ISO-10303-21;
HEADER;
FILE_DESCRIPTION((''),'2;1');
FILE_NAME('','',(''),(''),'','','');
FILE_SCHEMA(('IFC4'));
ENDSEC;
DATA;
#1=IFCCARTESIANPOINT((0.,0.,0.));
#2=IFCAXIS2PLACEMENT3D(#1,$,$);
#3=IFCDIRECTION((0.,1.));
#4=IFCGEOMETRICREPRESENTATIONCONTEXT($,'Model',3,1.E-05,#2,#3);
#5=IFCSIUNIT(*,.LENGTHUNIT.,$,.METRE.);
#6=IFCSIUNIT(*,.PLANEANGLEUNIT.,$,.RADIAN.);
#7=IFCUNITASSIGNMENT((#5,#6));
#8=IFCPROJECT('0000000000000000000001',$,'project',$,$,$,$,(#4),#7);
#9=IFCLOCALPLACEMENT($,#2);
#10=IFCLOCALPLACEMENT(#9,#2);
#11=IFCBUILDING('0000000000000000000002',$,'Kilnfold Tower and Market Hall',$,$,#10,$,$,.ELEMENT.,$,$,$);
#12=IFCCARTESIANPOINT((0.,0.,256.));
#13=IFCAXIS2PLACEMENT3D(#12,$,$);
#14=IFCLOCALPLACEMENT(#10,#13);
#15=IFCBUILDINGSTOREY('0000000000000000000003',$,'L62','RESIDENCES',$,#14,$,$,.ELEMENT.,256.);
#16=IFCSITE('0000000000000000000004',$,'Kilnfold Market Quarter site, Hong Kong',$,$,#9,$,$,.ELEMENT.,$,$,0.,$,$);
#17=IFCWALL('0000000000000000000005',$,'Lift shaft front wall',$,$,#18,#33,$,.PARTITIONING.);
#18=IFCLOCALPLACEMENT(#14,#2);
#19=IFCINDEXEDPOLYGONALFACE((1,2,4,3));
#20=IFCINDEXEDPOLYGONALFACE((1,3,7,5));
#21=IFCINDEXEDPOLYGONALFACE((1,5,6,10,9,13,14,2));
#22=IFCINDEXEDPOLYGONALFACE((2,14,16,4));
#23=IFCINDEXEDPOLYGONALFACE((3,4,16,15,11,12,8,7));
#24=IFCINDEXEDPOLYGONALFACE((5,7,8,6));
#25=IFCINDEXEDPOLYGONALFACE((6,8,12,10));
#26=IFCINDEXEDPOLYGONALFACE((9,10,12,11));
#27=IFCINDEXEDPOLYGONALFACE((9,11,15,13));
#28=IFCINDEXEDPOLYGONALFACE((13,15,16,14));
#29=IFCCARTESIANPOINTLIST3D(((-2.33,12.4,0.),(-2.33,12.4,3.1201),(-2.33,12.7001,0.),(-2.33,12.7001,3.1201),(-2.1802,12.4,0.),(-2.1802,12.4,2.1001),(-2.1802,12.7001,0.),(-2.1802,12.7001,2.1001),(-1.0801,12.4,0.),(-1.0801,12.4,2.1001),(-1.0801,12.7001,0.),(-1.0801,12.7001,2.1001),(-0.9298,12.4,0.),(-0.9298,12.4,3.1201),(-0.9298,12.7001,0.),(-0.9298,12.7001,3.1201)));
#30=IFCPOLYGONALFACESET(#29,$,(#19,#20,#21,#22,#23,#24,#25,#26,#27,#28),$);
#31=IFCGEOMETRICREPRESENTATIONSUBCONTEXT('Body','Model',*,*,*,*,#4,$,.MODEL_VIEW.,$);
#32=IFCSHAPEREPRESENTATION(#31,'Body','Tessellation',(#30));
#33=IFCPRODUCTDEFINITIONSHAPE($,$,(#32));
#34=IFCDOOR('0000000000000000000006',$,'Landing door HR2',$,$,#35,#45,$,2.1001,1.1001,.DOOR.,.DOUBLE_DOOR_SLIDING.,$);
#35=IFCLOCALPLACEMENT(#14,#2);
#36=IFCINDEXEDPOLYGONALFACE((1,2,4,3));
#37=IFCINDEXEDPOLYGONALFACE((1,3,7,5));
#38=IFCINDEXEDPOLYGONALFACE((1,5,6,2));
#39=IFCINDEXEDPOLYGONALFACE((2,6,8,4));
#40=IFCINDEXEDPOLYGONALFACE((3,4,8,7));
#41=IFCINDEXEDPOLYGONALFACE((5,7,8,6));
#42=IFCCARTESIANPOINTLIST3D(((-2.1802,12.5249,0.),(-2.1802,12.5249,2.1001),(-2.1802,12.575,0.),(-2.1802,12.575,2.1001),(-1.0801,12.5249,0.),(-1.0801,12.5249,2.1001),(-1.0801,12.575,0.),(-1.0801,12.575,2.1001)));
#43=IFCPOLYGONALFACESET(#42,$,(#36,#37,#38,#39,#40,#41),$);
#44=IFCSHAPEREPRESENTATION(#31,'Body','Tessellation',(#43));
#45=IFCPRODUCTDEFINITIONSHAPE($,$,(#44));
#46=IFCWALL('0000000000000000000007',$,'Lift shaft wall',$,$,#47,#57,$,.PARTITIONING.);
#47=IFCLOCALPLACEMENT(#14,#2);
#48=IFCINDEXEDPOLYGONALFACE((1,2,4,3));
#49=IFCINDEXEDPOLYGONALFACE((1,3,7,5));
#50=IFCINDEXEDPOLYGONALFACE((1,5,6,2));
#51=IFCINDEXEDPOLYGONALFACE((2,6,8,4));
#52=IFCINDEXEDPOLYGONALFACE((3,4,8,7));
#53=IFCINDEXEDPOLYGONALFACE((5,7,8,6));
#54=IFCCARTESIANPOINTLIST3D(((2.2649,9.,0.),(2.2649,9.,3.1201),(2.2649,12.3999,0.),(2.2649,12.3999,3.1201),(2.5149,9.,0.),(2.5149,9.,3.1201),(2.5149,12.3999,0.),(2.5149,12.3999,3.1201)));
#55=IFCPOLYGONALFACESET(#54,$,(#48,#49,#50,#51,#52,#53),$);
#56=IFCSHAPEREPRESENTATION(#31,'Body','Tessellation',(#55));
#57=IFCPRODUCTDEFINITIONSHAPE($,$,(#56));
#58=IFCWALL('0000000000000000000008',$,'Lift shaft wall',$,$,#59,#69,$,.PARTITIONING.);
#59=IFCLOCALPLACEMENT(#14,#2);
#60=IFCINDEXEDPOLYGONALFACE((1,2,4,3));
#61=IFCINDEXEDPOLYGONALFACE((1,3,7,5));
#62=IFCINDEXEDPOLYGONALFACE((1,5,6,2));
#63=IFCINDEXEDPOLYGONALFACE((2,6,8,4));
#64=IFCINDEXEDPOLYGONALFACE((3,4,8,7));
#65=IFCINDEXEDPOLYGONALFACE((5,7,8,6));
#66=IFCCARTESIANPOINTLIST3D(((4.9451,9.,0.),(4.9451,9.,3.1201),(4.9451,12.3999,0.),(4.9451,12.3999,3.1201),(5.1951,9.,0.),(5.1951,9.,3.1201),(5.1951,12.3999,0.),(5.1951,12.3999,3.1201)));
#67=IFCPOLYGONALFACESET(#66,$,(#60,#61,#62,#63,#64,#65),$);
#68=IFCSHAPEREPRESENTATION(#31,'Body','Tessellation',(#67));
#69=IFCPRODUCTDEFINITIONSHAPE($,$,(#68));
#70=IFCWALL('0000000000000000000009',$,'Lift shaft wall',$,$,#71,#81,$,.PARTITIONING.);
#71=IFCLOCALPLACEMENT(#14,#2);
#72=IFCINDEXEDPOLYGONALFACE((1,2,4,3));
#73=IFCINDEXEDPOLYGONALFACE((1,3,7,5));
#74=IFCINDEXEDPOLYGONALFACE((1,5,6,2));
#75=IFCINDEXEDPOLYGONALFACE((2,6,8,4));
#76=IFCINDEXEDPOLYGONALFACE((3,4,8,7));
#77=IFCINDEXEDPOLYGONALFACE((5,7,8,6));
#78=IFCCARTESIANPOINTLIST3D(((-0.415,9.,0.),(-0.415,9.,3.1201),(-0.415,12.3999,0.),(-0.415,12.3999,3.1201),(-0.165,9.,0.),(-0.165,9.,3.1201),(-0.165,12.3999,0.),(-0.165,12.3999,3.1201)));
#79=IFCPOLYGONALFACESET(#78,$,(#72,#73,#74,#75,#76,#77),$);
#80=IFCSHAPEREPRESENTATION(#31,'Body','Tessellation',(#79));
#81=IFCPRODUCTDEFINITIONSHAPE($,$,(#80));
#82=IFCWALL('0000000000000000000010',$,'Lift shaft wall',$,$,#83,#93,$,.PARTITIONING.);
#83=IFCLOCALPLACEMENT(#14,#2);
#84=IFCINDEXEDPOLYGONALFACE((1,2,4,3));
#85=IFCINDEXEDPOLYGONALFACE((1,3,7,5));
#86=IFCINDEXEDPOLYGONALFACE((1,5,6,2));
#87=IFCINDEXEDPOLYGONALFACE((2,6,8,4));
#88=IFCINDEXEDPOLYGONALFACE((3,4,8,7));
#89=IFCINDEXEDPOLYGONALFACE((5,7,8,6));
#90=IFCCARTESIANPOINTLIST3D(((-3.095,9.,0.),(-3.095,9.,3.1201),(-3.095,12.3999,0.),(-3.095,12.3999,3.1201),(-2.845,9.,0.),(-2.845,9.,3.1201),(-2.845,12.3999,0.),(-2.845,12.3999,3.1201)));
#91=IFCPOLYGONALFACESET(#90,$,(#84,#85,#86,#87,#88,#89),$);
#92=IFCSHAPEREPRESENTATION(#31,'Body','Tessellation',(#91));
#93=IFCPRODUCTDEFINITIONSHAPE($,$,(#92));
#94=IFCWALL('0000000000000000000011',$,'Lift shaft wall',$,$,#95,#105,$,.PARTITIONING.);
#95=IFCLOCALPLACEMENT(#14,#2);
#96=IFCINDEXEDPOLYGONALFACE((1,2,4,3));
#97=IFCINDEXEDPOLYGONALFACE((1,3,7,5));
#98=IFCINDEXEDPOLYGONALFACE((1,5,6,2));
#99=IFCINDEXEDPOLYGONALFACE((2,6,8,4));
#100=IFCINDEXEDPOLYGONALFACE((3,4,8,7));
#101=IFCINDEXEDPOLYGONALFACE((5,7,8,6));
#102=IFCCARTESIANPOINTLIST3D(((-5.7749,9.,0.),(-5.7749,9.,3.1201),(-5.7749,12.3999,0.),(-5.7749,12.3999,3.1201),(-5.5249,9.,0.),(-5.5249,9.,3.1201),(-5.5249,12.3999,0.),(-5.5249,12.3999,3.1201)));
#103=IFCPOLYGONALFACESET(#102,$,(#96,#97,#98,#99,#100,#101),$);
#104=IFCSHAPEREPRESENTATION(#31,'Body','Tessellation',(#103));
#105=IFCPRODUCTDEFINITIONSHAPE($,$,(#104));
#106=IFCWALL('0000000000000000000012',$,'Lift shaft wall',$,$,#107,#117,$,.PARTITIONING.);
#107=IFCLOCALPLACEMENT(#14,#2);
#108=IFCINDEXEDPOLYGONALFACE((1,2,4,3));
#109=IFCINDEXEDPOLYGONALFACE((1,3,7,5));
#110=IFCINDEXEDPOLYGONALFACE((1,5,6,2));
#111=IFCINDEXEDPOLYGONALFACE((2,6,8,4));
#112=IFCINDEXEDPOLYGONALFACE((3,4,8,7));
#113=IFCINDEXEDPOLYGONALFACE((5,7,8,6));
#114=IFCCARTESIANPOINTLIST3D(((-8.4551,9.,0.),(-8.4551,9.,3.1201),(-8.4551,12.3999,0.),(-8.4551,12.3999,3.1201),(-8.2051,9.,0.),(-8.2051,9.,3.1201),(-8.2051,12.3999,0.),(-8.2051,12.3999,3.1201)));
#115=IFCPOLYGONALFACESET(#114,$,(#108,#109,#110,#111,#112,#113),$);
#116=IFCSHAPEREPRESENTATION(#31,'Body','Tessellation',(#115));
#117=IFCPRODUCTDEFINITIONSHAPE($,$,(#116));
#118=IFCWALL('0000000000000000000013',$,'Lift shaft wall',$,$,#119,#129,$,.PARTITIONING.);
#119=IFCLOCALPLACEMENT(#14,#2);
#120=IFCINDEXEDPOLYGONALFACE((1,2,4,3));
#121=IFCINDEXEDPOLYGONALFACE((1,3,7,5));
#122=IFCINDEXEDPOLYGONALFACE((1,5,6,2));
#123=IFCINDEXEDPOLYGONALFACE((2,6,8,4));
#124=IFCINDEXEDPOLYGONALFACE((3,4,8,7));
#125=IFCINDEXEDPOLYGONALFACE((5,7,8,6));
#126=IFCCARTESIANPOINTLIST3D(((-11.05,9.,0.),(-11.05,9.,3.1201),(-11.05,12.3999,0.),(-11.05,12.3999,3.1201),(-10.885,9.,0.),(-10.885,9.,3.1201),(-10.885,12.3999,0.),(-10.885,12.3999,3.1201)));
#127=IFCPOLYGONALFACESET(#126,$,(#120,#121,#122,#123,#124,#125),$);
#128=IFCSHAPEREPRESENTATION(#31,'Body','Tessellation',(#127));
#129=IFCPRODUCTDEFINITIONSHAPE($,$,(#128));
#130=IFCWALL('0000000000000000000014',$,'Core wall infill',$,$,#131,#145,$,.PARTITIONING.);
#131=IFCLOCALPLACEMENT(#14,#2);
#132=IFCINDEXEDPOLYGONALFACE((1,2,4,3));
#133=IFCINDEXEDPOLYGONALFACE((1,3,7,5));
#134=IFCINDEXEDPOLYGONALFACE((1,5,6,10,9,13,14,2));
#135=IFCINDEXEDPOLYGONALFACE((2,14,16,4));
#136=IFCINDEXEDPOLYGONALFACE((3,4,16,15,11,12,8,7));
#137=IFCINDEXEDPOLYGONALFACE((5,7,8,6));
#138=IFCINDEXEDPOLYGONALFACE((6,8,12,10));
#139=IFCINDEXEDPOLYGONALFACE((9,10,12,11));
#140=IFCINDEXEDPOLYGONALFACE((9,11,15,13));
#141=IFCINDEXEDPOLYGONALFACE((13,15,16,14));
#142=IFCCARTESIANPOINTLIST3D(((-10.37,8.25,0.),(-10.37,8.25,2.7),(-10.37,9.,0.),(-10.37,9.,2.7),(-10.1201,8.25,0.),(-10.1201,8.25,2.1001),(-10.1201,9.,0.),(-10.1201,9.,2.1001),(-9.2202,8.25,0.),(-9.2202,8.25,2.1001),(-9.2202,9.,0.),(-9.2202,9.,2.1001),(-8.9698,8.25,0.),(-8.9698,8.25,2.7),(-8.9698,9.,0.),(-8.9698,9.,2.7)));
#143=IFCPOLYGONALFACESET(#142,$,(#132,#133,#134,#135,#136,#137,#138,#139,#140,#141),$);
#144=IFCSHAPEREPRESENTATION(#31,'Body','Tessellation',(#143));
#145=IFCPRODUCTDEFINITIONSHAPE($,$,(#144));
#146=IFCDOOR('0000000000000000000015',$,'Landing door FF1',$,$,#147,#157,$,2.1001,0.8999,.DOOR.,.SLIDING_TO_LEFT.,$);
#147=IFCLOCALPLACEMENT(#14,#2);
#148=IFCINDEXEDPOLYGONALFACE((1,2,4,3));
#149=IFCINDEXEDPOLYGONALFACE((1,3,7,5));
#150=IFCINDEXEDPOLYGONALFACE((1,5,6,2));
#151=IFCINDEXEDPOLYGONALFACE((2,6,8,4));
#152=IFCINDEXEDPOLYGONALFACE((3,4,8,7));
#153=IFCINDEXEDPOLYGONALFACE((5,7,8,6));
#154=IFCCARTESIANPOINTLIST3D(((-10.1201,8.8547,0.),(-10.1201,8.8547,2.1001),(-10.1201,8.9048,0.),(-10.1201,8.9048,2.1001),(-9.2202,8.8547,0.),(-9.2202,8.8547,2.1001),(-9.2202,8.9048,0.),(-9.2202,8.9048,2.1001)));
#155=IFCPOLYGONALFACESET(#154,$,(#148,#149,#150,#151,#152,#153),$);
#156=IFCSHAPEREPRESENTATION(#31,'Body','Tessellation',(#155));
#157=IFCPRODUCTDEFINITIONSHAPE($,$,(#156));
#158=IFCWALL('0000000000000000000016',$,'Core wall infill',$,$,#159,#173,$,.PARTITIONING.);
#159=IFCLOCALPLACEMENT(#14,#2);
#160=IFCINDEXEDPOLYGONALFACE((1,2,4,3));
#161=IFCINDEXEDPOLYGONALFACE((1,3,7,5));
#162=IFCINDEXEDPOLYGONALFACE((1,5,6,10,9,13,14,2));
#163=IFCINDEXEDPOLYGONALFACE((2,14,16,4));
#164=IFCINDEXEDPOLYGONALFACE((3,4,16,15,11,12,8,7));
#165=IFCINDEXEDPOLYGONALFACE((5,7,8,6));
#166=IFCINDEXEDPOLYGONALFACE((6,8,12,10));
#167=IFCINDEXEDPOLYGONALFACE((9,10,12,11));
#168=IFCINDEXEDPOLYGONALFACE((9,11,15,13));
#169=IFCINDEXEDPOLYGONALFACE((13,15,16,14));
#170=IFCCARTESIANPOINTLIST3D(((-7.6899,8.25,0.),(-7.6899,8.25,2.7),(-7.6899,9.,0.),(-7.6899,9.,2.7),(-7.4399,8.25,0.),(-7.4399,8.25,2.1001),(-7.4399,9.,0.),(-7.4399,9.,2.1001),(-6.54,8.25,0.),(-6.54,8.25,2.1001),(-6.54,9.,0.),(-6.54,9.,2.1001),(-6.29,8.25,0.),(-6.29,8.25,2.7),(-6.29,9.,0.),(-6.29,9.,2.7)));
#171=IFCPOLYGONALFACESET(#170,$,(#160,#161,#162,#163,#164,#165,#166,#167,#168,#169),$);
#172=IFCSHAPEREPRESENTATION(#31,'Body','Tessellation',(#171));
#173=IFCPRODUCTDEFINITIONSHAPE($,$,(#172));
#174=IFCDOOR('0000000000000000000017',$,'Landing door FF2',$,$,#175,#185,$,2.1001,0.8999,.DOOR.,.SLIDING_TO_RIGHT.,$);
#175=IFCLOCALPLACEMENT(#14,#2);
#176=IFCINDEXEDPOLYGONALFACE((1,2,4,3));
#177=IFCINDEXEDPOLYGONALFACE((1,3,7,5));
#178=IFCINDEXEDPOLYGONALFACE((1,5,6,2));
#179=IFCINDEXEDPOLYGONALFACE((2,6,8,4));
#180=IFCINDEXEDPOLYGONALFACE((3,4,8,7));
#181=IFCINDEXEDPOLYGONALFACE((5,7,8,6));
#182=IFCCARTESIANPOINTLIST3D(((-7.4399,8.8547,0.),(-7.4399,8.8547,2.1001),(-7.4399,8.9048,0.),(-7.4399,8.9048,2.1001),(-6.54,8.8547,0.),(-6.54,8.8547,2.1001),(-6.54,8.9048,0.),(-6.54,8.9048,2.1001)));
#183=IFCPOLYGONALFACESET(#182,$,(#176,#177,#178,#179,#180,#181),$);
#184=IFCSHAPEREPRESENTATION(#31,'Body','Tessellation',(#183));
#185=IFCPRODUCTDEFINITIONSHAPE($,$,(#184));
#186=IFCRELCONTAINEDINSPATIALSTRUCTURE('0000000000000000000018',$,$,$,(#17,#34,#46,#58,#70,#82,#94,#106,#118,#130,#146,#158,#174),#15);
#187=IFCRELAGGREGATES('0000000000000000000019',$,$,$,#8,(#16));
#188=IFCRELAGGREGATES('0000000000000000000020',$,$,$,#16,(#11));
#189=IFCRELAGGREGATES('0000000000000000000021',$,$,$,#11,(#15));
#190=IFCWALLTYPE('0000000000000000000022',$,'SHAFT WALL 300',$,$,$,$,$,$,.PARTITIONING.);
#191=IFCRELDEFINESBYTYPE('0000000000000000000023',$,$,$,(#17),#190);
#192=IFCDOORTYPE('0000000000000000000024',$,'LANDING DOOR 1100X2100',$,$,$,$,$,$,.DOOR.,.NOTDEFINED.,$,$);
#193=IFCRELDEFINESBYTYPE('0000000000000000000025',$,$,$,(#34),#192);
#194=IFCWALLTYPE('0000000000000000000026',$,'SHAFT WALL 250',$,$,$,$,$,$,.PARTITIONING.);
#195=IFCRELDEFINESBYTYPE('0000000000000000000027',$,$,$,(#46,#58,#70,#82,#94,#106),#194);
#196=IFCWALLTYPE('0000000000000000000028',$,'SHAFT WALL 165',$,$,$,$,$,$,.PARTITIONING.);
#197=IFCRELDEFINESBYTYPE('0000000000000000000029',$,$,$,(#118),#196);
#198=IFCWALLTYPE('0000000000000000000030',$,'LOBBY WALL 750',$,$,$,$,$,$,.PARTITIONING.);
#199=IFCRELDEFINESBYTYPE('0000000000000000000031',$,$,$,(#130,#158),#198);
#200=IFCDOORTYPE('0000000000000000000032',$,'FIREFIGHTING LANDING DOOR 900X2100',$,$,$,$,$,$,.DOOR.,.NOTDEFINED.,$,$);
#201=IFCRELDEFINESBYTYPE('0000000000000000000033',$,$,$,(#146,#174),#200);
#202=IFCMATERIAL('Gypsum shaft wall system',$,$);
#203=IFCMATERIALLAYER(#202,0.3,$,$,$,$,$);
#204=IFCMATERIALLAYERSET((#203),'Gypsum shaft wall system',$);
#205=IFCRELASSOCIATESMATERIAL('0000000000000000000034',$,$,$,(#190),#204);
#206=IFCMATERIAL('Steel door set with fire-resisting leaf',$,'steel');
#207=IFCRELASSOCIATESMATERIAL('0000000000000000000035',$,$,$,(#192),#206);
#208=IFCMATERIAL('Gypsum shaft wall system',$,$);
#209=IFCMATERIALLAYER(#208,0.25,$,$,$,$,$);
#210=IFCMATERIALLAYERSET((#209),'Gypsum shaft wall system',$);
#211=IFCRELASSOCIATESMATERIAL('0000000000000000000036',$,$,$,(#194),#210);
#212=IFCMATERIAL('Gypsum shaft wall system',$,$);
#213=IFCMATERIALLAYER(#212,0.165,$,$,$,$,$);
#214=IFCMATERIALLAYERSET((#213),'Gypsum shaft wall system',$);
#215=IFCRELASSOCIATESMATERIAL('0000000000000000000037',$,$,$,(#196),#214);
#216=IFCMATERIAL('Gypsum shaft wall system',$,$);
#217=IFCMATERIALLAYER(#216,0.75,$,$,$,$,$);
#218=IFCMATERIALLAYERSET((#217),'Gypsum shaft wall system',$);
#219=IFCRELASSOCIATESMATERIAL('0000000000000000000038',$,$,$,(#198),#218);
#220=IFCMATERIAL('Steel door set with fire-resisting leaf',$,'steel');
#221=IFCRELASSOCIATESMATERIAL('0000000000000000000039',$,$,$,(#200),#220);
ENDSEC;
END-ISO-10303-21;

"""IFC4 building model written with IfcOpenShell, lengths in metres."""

from ifc_helpers import new_model, si_unit, direction, frame, frame_2d, origin, place, context, subcontext, project, spatial, rectangle, extrude, source, transform, mapped, material, layer, layer_set, type_object, element, fill, save


model = new_model("IFC4")

# Units and contexts
model_context = context("Model", 3, precision=1e-05, world=origin(), true_north=direction((0.0, 1.0)))
body_context = subcontext(model_context, "Body", "Model", "MODEL_VIEW")
ifc_project = project(units=[si_unit("LENGTHUNIT", "METRE"), si_unit("PLANEANGLEUNIT", "RADIAN")], contexts=[model_context])

# Site, building, storey
site_placement = place(None, origin())
site = spatial("IfcSite", under=ifc_project, at=site_placement, Name="Kilnfold Market Quarter site, Hong Kong", CompositionType="ELEMENT", RefElevation=0.0)
building_placement = place(site_placement, origin())
building = spatial("IfcBuilding", under=site, at=building_placement, Name="Kilnfold Tower and Market Hall", CompositionType="ELEMENT")
storey_placement = place(building_placement, frame((0.0, 0.0, 256.0)))
storey = spatial("IfcBuildingStorey", under=building, at=storey_placement, Name="L62", Description="RESIDENCES", CompositionType="ELEMENT", Elevation=256.0)

# Wall, opening, door
ifc_material_1 = material(Name="Gypsum shaft wall system")
ifc_layer_1 = layer(ifc_material_1, 0.3)
ifc_layer_set_1 = layer_set([ifc_layer_1], Name="Gypsum shaft wall system")
wall_type_1 = type_object("IfcWallType", Name="SHAFT WALL 300", PredefinedType="PARTITIONING", material=ifc_layer_set_1)
ifc_material_2 = material(Name="Steel door set with fire-resisting leaf", Category="steel")
door_type_1 = type_object("IfcDoorType", Name="LANDING DOOR 1100X2100", OperationType="NOTDEFINED", PredefinedType="DOOR", material=ifc_material_2)
shared_shape_1 = source(origin(), body_context, "Body", "SweptSolid", [
    extrude(rectangle(XDim=1.4001, YDim=0.3, at=frame_2d((0.7002, 0.0))), origin(), (0.0, 0.0, 1.0), 3.1201),
])
wall_1_placement = place(storey_placement, frame((-2.3301, 12.55, 0.0), z_axis=(0.0, 0.0, 1.0), x_axis=(1.0, 0.0, 0.0)))
wall_1 = element("IfcWall", 1, at=wall_1_placement, inside=storey, type_object=wall_type_1, Name="Lift shaft front wall", PredefinedType="PARTITIONING", context=body_context, shape_type="MappedRepresentation", body=[
    mapped(shared_shape_1, transform((0.0, 0.0, 0.0))),
])
opening_1_placement = place(wall_1_placement, frame((0.1499, 0.0, 0.0)))
opening_1 = element("IfcOpeningElement", 2, at=opening_1_placement, cuts=wall_1, PredefinedType="OPENING", context=body_context, shape_type="SweptSolid", body=[
    extrude(rectangle(XDim=1.1001, YDim=2.1001, at=frame_2d((0.55, 1.05))), frame((0.0, 0.1602, 0.0), z_axis=(0.0, -1.0, 0.0), x_axis=(1.0, 0.0, 0.0)), (0.0, 0.0, 1.0), 0.3201),
])
door_1_placement = place(opening_1_placement, origin())
door_1 = element("IfcDoor", 3, at=door_1_placement, inside=storey, type_object=door_type_1, Name="Landing door HR2", OperationType="DOUBLE_DOOR_SLIDING", OverallHeight=2.1001, OverallWidth=1.1001, PredefinedType="DOOR", context=body_context, shape_type="SweptSolid", body=[
    extrude(rectangle(XDim=1.1001, YDim=2.1001, at=frame_2d((0.55, 1.05))), frame((0.0, 0.0249, 0.0), z_axis=(0.0, -1.0, 0.0), x_axis=(1.0, 0.0, 0.0)), (0.0, 0.0, 1.0), 0.05),
])
fill(opening_1, door_1)

# Walls
ifc_material_3 = material(Name="Gypsum shaft wall system")
ifc_layer_2 = layer(ifc_material_3, 0.25)
ifc_layer_set_2 = layer_set([ifc_layer_2], Name="Gypsum shaft wall system")
wall_type_2 = type_object("IfcWallType", Name="SHAFT WALL 250", PredefinedType="PARTITIONING", material=ifc_layer_set_2)
shared_shape_2 = source(origin(), body_context, "Body", "SweptSolid", [
    extrude(rectangle(XDim=3.3999, YDim=0.25, at=frame_2d((1.7, 0.0))), origin(), (0.0, 0.0, 1.0), 3.1201),
])
for number, where, z_axis, x_axis, name in (
    (4, (2.3899, 9.0, 0.0), (0.0, 0.0, 1.0), (0.0, 1.0, 0.0), "Lift shaft wall"),
    (5, (5.0701, 9.0, 0.0), (0.0, 0.0, 1.0), (0.0, 1.0, 0.0), "Lift shaft wall"),
    (6, (-0.29, 9.0, 0.0), (0.0, 0.0, 1.0), (0.0, 1.0, 0.0), "Lift shaft wall"),
    (7, (-2.97, 9.0, 0.0), (0.0, 0.0, 1.0), (0.0, 1.0, 0.0), "Lift shaft wall"),
    (8, (-5.6499, 9.0, 0.0), (0.0, 0.0, 1.0), (0.0, 1.0, 0.0), "Lift shaft wall"),
    (9, (-8.3301, 9.0, 0.0), (0.0, 0.0, 1.0), (0.0, 1.0, 0.0), "Lift shaft wall"),
):
    element("IfcWall", number, at=place(storey_placement, frame(where, z_axis=z_axis, x_axis=x_axis)), inside=storey, type_object=wall_type_2, Name=name, PredefinedType="PARTITIONING", context=body_context, shape_type="MappedRepresentation", body=[
        mapped(shared_shape_2, transform((0.0, 0.0, 0.0))),
    ])
ifc_material_4 = material(Name="Gypsum shaft wall system")
ifc_layer_3 = layer(ifc_material_4, 0.165)
ifc_layer_set_3 = layer_set([ifc_layer_3], Name="Gypsum shaft wall system")
wall_type_3 = type_object("IfcWallType", Name="SHAFT WALL 165", PredefinedType="PARTITIONING", material=ifc_layer_set_3)
shared_shape_3 = source(origin(), body_context, "Body", "SweptSolid", [
    extrude(rectangle(XDim=3.3999, YDim=0.165, at=frame_2d((1.7, 0.0))), origin(), (0.0, 0.0, 1.0), 3.1201),
])
wall_2_placement = place(storey_placement, frame((-10.9675, 9.0, 0.0), z_axis=(0.0, 0.0, 1.0), x_axis=(0.0, 1.0, 0.0)))
element("IfcWall", 10, at=wall_2_placement, inside=storey, type_object=wall_type_3, Name="Lift shaft wall", PredefinedType="PARTITIONING", context=body_context, shape_type="MappedRepresentation", body=[
    mapped(shared_shape_3, transform((0.0, 0.0, 0.0))),
])

# Walls, openings, doors
ifc_material_5 = material(Name="Gypsum shaft wall system")
ifc_layer_4 = layer(ifc_material_5, 0.75)
ifc_layer_set_4 = layer_set([ifc_layer_4], Name="Gypsum shaft wall system")
wall_type_4 = type_object("IfcWallType", Name="LOBBY WALL 750", PredefinedType="PARTITIONING", material=ifc_layer_set_4)
shared_shape_4 = source(origin(), body_context, "Body", "SweptSolid", [
    extrude(rectangle(XDim=1.4001, YDim=0.75, at=frame_2d((0.7002, 0.0))), origin(), (0.0, 0.0, 1.0), 2.7),
])
wall_3_placement = place(storey_placement, frame((-10.3701, 8.625, 0.0), z_axis=(0.0, 0.0, 1.0), x_axis=(1.0, 0.0, 0.0)))
wall_3 = element("IfcWall", 11, at=wall_3_placement, inside=storey, type_object=wall_type_4, Name="Core wall infill", PredefinedType="PARTITIONING", context=body_context, shape_type="MappedRepresentation", body=[
    mapped(shared_shape_4, transform((0.0, 0.0, 0.0))),
])
opening_2_placement = place(wall_3_placement, frame((0.25, 0.0, 0.0)))
opening_2 = element("IfcOpeningElement", 12, at=opening_2_placement, cuts=wall_3, PredefinedType="OPENING", context=body_context, shape_type="SweptSolid", body=[
    extrude(rectangle(XDim=0.8999, YDim=2.1001, at=frame_2d((0.45, 1.05))), frame((0.0, 0.385, 0.0), z_axis=(0.0, -1.0, 0.0), x_axis=(1.0, 0.0, 0.0)), (0.0, 0.0, 1.0), 0.77),
])
ifc_material_6 = material(Name="Steel door set with fire-resisting leaf", Category="steel")
door_type_2 = type_object("IfcDoorType", Name="FIREFIGHTING LANDING DOOR 900X2100", OperationType="NOTDEFINED", PredefinedType="DOOR", material=ifc_material_6)
door_2_placement = place(opening_2_placement, origin())
door_2 = element("IfcDoor", 13, at=door_2_placement, inside=storey, type_object=door_type_2, Name="Landing door FF1", OperationType="SLIDING_TO_LEFT", OverallHeight=2.1001, OverallWidth=0.8999, PredefinedType="DOOR", context=body_context, shape_type="SweptSolid", body=[
    extrude(rectangle(XDim=0.8999, YDim=2.1001, at=frame_2d((0.45, 1.05))), frame((0.0, 0.2798, 0.0), z_axis=(0.0, -1.0, 0.0), x_axis=(1.0, 0.0, 0.0)), (0.0, 0.0, 1.0), 0.05),
])
fill(opening_2, door_2)
shared_shape_5 = source(origin(), body_context, "Body", "SweptSolid", [
    extrude(rectangle(XDim=1.3999, YDim=0.75, at=frame_2d((0.7, 0.0))), origin(), (0.0, 0.0, 1.0), 2.7),
])
wall_4_placement = place(storey_placement, frame((-7.6899, 8.625, 0.0), z_axis=(0.0, 0.0, 1.0), x_axis=(1.0, 0.0, 0.0)))
wall_4 = element("IfcWall", 14, at=wall_4_placement, inside=storey, type_object=wall_type_4, Name="Core wall infill", PredefinedType="PARTITIONING", context=body_context, shape_type="MappedRepresentation", body=[
    mapped(shared_shape_5, transform((0.0, 0.0, 0.0))),
])
opening_3_placement = place(wall_4_placement, frame((0.25, 0.0, 0.0)))
opening_3 = element("IfcOpeningElement", 15, at=opening_3_placement, cuts=wall_4, PredefinedType="OPENING", context=body_context, shape_type="SweptSolid", body=[
    extrude(rectangle(XDim=0.8999, YDim=2.1001, at=frame_2d((0.45, 1.05))), frame((0.0, 0.385, 0.0), z_axis=(0.0, -1.0, 0.0), x_axis=(1.0, 0.0, 0.0)), (0.0, 0.0, 1.0), 0.77),
])
door_3_placement = place(opening_3_placement, origin())
door_3 = element("IfcDoor", 16, at=door_3_placement, inside=storey, type_object=door_type_2, Name="Landing door FF2", OperationType="SLIDING_TO_RIGHT", OverallHeight=2.1001, OverallWidth=0.8999, PredefinedType="DOOR", context=body_context, shape_type="SweptSolid", body=[
    extrude(rectangle(XDim=0.8999, YDim=2.1001, at=frame_2d((0.45, 1.05))), frame((0.0, 0.2798, 0.0), z_axis=(0.0, -1.0, 0.0), x_axis=(1.0, 0.0, 0.0)), (0.0, 0.0, 1.0), 0.05),
])
fill(opening_3, door_3)

save(model, "model.ifc")
